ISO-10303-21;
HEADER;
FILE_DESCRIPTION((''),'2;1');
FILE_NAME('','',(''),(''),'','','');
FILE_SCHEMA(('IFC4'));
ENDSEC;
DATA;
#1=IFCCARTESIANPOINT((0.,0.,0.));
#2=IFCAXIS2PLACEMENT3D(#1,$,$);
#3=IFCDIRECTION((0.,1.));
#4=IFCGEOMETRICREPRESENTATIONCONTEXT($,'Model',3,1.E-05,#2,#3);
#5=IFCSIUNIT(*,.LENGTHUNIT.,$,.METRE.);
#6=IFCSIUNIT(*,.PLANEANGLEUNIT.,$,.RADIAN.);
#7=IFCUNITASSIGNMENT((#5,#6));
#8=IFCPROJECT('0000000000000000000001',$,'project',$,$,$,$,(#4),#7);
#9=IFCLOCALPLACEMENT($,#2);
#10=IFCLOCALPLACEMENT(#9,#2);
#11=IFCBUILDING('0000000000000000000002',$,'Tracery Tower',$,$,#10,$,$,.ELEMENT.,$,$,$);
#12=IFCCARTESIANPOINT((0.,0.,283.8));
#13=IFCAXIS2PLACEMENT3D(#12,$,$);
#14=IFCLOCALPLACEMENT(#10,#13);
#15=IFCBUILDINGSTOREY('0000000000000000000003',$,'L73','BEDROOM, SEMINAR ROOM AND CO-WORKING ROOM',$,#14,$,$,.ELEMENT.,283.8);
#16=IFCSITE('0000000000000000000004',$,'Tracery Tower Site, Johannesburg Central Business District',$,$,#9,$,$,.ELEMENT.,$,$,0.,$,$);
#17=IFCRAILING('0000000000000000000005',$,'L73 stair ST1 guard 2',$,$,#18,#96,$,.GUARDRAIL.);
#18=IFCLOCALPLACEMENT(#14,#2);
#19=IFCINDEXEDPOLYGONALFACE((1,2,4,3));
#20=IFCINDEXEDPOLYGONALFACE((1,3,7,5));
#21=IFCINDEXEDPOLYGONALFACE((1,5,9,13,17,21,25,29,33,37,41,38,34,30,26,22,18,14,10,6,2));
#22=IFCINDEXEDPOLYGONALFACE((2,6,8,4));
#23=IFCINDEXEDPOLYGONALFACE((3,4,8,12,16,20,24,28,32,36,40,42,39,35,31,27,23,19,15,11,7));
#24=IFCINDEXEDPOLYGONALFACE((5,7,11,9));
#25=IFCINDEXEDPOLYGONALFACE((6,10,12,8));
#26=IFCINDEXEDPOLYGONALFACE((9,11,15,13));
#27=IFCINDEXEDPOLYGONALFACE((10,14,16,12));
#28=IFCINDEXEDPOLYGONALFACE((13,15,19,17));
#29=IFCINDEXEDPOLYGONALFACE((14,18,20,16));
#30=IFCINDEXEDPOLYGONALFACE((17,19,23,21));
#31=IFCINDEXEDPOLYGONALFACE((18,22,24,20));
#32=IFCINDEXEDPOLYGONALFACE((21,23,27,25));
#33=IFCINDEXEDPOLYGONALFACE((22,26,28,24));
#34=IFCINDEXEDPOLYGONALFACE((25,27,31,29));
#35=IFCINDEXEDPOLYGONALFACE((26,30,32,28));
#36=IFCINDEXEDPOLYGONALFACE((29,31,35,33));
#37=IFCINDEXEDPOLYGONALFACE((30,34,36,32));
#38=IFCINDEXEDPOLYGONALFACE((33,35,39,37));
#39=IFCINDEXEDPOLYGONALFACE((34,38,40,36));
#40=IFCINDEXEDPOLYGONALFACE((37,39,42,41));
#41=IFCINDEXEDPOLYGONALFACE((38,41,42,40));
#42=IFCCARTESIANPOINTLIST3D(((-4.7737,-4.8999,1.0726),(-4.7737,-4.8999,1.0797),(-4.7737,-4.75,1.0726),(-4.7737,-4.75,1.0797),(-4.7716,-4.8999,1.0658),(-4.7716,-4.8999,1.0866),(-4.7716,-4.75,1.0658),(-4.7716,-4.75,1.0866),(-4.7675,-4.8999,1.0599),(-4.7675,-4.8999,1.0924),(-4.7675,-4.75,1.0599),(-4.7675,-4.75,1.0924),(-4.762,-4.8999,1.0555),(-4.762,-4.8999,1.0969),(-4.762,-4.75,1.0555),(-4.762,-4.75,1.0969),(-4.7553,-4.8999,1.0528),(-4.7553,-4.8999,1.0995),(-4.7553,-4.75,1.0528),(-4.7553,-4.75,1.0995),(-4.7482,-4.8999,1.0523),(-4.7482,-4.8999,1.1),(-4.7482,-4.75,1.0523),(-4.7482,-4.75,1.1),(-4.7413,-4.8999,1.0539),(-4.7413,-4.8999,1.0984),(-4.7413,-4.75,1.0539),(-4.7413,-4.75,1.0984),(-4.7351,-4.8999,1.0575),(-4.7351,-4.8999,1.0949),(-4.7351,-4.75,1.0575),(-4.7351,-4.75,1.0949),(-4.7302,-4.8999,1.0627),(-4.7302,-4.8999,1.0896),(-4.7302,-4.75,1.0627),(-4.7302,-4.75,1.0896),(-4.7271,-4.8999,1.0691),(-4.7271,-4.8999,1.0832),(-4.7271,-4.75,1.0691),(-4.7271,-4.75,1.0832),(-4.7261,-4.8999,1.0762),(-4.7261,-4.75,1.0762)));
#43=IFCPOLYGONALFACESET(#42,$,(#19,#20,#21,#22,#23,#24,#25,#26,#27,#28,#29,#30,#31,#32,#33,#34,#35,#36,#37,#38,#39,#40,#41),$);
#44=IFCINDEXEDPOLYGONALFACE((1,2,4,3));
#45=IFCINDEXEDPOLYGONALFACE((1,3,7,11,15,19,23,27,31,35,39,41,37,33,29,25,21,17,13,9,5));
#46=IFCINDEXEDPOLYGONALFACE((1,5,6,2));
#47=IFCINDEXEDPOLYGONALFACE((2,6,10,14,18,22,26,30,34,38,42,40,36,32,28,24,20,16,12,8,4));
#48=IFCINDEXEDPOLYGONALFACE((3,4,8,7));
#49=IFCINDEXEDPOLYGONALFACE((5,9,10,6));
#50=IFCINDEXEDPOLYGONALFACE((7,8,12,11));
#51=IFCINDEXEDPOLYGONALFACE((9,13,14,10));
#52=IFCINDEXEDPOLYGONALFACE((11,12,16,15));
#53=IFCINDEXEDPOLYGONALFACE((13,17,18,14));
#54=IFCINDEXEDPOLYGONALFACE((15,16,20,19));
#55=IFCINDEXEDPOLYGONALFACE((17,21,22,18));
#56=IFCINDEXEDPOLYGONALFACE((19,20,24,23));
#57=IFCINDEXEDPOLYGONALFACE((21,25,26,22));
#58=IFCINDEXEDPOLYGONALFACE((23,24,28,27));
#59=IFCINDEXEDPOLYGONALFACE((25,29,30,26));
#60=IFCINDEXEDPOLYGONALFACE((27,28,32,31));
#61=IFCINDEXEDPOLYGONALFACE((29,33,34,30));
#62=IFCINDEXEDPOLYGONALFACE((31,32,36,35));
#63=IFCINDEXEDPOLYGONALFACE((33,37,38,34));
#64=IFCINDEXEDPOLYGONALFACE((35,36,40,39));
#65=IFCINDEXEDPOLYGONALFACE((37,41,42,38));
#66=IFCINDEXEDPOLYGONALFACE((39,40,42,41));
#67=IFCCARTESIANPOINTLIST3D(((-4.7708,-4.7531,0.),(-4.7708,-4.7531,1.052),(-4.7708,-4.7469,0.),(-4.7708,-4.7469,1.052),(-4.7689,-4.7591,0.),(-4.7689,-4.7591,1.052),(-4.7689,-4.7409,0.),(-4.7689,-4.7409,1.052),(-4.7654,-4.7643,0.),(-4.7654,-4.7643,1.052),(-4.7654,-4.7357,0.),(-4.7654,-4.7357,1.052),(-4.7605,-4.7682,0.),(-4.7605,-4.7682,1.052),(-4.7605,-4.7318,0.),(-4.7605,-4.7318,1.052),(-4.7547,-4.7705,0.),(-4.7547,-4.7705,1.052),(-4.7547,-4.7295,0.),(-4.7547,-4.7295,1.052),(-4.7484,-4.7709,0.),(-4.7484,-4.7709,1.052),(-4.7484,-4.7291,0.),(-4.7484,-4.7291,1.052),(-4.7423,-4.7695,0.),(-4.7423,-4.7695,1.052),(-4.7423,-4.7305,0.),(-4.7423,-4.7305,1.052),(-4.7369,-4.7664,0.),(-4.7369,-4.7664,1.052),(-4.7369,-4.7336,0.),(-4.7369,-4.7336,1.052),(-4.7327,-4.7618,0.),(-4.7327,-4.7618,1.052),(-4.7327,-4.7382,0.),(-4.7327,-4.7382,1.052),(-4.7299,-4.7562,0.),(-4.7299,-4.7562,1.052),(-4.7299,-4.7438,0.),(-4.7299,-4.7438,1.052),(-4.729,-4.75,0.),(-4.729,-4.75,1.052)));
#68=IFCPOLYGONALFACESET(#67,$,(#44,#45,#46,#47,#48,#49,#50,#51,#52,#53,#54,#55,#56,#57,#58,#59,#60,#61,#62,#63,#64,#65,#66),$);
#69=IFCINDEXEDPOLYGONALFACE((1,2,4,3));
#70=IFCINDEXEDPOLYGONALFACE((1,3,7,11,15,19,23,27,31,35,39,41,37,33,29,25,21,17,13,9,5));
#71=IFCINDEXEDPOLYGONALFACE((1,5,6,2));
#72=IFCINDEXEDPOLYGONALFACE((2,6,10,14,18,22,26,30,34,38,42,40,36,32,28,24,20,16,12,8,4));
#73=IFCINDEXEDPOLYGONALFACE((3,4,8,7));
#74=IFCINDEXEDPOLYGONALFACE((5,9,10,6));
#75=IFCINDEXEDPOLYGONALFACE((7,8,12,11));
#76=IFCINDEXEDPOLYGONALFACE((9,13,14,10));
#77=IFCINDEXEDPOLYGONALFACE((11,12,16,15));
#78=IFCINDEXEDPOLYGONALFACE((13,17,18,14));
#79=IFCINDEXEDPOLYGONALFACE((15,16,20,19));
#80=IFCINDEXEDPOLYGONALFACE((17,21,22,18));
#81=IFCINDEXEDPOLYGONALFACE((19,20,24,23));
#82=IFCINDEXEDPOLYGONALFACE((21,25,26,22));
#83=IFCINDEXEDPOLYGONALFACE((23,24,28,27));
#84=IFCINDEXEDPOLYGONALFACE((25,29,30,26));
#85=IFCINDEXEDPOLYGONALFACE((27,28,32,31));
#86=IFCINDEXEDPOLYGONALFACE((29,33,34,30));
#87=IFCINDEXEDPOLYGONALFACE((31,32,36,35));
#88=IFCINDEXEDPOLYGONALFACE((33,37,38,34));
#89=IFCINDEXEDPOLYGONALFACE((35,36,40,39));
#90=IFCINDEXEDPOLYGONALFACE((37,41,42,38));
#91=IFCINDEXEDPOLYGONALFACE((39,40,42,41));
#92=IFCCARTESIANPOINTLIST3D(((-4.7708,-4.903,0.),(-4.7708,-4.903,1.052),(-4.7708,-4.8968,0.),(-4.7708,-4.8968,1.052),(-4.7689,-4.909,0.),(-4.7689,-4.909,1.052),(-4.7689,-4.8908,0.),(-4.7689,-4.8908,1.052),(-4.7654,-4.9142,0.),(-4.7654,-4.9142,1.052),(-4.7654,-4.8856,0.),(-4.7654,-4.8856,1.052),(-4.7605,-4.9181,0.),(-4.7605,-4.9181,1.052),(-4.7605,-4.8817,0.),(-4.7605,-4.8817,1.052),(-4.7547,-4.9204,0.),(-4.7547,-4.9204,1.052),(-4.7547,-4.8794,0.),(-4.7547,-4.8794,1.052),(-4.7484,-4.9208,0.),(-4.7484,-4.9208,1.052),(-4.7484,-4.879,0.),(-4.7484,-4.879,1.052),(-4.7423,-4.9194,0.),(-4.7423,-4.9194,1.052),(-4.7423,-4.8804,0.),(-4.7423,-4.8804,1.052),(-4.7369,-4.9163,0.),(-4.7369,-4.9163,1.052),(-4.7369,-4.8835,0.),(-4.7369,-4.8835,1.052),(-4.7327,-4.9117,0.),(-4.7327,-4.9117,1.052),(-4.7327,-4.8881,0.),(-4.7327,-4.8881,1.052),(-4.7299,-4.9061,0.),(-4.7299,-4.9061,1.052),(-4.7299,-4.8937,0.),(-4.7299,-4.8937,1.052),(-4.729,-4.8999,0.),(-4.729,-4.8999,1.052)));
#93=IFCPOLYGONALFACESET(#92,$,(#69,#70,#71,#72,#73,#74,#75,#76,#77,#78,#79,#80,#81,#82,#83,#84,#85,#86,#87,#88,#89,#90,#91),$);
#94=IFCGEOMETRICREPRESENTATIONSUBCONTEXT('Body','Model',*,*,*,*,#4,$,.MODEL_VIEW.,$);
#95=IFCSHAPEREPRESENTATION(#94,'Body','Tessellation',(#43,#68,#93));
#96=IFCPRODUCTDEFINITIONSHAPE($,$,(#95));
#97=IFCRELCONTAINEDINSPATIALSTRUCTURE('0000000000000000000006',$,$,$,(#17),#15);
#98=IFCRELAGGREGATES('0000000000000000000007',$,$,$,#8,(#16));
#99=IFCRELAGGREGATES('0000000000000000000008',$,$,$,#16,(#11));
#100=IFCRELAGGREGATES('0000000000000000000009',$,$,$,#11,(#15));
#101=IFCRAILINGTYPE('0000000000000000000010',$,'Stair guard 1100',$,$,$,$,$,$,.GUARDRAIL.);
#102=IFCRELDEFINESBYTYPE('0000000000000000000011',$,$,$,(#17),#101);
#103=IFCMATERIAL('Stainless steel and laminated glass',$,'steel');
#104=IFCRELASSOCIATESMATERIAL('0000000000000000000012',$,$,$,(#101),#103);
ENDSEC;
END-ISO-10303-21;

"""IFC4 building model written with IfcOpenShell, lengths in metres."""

from ifc_helpers import new_model, si_unit, direction, frame, origin, origin_2d, place, context, subcontext, project, spatial, circle, extrude, material, type_object, element, save


model = new_model("IFC4")

# Units and contexts
model_context = context("Model", 3, precision=1e-05, world=origin(), true_north=direction((0.0, 1.0)))
body_context = subcontext(model_context, "Body", "Model", "MODEL_VIEW")
ifc_project = project(units=[si_unit("LENGTHUNIT", "METRE"), si_unit("PLANEANGLEUNIT", "RADIAN")], contexts=[model_context])

# Site, building, storey
site_placement = place(None, origin())
site = spatial("IfcSite", under=ifc_project, at=site_placement, Name="Tracery Tower Site, Johannesburg Central Business District", CompositionType="ELEMENT", RefElevation=0.0)
building_placement = place(site_placement, origin())
building = spatial("IfcBuilding", under=site, at=building_placement, Name="Tracery Tower", CompositionType="ELEMENT")
storey_placement = place(building_placement, frame((0.0, 0.0, 283.8)))
storey = spatial("IfcBuildingStorey", under=building, at=storey_placement, Name="L73", Description="BEDROOM, SEMINAR ROOM AND CO-WORKING ROOM", CompositionType="ELEMENT", Elevation=283.8)

# Railing
ifc_material_1 = material(Name="Stainless steel and laminated glass", Category="steel")
railing_type_1 = type_object("IfcRailingType", Name="Stair guard 1100", PredefinedType="GUARDRAIL", material=ifc_material_1)
railing_1_placement = place(storey_placement, frame((-4.75, -4.75, 0.0)))
element("IfcRailing", 1, at=railing_1_placement, inside=storey, type_object=railing_type_1, Name="L73 stair ST1 guard 2", PredefinedType="GUARDRAIL", context=body_context, shape_type="SweptSolid", body=[
    extrude(circle(Radius=0.0239, at=origin_2d()), frame((0.0, 0.0, 1.0762), z_axis=(0.0, -1.0, 0.0), x_axis=(1.0, 0.0, 0.0)), (0.0, 0.0, 1.0), 0.1499),
    extrude(circle(Radius=0.021, at=origin_2d()), origin(), (0.0, 0.0, 1.0), 1.052),
    extrude(circle(Radius=0.021, at=origin_2d()), frame((0.0, -0.1499, 0.0)), (0.0, 0.0, 1.0), 1.052),
])

save(model, "model.ifc")
